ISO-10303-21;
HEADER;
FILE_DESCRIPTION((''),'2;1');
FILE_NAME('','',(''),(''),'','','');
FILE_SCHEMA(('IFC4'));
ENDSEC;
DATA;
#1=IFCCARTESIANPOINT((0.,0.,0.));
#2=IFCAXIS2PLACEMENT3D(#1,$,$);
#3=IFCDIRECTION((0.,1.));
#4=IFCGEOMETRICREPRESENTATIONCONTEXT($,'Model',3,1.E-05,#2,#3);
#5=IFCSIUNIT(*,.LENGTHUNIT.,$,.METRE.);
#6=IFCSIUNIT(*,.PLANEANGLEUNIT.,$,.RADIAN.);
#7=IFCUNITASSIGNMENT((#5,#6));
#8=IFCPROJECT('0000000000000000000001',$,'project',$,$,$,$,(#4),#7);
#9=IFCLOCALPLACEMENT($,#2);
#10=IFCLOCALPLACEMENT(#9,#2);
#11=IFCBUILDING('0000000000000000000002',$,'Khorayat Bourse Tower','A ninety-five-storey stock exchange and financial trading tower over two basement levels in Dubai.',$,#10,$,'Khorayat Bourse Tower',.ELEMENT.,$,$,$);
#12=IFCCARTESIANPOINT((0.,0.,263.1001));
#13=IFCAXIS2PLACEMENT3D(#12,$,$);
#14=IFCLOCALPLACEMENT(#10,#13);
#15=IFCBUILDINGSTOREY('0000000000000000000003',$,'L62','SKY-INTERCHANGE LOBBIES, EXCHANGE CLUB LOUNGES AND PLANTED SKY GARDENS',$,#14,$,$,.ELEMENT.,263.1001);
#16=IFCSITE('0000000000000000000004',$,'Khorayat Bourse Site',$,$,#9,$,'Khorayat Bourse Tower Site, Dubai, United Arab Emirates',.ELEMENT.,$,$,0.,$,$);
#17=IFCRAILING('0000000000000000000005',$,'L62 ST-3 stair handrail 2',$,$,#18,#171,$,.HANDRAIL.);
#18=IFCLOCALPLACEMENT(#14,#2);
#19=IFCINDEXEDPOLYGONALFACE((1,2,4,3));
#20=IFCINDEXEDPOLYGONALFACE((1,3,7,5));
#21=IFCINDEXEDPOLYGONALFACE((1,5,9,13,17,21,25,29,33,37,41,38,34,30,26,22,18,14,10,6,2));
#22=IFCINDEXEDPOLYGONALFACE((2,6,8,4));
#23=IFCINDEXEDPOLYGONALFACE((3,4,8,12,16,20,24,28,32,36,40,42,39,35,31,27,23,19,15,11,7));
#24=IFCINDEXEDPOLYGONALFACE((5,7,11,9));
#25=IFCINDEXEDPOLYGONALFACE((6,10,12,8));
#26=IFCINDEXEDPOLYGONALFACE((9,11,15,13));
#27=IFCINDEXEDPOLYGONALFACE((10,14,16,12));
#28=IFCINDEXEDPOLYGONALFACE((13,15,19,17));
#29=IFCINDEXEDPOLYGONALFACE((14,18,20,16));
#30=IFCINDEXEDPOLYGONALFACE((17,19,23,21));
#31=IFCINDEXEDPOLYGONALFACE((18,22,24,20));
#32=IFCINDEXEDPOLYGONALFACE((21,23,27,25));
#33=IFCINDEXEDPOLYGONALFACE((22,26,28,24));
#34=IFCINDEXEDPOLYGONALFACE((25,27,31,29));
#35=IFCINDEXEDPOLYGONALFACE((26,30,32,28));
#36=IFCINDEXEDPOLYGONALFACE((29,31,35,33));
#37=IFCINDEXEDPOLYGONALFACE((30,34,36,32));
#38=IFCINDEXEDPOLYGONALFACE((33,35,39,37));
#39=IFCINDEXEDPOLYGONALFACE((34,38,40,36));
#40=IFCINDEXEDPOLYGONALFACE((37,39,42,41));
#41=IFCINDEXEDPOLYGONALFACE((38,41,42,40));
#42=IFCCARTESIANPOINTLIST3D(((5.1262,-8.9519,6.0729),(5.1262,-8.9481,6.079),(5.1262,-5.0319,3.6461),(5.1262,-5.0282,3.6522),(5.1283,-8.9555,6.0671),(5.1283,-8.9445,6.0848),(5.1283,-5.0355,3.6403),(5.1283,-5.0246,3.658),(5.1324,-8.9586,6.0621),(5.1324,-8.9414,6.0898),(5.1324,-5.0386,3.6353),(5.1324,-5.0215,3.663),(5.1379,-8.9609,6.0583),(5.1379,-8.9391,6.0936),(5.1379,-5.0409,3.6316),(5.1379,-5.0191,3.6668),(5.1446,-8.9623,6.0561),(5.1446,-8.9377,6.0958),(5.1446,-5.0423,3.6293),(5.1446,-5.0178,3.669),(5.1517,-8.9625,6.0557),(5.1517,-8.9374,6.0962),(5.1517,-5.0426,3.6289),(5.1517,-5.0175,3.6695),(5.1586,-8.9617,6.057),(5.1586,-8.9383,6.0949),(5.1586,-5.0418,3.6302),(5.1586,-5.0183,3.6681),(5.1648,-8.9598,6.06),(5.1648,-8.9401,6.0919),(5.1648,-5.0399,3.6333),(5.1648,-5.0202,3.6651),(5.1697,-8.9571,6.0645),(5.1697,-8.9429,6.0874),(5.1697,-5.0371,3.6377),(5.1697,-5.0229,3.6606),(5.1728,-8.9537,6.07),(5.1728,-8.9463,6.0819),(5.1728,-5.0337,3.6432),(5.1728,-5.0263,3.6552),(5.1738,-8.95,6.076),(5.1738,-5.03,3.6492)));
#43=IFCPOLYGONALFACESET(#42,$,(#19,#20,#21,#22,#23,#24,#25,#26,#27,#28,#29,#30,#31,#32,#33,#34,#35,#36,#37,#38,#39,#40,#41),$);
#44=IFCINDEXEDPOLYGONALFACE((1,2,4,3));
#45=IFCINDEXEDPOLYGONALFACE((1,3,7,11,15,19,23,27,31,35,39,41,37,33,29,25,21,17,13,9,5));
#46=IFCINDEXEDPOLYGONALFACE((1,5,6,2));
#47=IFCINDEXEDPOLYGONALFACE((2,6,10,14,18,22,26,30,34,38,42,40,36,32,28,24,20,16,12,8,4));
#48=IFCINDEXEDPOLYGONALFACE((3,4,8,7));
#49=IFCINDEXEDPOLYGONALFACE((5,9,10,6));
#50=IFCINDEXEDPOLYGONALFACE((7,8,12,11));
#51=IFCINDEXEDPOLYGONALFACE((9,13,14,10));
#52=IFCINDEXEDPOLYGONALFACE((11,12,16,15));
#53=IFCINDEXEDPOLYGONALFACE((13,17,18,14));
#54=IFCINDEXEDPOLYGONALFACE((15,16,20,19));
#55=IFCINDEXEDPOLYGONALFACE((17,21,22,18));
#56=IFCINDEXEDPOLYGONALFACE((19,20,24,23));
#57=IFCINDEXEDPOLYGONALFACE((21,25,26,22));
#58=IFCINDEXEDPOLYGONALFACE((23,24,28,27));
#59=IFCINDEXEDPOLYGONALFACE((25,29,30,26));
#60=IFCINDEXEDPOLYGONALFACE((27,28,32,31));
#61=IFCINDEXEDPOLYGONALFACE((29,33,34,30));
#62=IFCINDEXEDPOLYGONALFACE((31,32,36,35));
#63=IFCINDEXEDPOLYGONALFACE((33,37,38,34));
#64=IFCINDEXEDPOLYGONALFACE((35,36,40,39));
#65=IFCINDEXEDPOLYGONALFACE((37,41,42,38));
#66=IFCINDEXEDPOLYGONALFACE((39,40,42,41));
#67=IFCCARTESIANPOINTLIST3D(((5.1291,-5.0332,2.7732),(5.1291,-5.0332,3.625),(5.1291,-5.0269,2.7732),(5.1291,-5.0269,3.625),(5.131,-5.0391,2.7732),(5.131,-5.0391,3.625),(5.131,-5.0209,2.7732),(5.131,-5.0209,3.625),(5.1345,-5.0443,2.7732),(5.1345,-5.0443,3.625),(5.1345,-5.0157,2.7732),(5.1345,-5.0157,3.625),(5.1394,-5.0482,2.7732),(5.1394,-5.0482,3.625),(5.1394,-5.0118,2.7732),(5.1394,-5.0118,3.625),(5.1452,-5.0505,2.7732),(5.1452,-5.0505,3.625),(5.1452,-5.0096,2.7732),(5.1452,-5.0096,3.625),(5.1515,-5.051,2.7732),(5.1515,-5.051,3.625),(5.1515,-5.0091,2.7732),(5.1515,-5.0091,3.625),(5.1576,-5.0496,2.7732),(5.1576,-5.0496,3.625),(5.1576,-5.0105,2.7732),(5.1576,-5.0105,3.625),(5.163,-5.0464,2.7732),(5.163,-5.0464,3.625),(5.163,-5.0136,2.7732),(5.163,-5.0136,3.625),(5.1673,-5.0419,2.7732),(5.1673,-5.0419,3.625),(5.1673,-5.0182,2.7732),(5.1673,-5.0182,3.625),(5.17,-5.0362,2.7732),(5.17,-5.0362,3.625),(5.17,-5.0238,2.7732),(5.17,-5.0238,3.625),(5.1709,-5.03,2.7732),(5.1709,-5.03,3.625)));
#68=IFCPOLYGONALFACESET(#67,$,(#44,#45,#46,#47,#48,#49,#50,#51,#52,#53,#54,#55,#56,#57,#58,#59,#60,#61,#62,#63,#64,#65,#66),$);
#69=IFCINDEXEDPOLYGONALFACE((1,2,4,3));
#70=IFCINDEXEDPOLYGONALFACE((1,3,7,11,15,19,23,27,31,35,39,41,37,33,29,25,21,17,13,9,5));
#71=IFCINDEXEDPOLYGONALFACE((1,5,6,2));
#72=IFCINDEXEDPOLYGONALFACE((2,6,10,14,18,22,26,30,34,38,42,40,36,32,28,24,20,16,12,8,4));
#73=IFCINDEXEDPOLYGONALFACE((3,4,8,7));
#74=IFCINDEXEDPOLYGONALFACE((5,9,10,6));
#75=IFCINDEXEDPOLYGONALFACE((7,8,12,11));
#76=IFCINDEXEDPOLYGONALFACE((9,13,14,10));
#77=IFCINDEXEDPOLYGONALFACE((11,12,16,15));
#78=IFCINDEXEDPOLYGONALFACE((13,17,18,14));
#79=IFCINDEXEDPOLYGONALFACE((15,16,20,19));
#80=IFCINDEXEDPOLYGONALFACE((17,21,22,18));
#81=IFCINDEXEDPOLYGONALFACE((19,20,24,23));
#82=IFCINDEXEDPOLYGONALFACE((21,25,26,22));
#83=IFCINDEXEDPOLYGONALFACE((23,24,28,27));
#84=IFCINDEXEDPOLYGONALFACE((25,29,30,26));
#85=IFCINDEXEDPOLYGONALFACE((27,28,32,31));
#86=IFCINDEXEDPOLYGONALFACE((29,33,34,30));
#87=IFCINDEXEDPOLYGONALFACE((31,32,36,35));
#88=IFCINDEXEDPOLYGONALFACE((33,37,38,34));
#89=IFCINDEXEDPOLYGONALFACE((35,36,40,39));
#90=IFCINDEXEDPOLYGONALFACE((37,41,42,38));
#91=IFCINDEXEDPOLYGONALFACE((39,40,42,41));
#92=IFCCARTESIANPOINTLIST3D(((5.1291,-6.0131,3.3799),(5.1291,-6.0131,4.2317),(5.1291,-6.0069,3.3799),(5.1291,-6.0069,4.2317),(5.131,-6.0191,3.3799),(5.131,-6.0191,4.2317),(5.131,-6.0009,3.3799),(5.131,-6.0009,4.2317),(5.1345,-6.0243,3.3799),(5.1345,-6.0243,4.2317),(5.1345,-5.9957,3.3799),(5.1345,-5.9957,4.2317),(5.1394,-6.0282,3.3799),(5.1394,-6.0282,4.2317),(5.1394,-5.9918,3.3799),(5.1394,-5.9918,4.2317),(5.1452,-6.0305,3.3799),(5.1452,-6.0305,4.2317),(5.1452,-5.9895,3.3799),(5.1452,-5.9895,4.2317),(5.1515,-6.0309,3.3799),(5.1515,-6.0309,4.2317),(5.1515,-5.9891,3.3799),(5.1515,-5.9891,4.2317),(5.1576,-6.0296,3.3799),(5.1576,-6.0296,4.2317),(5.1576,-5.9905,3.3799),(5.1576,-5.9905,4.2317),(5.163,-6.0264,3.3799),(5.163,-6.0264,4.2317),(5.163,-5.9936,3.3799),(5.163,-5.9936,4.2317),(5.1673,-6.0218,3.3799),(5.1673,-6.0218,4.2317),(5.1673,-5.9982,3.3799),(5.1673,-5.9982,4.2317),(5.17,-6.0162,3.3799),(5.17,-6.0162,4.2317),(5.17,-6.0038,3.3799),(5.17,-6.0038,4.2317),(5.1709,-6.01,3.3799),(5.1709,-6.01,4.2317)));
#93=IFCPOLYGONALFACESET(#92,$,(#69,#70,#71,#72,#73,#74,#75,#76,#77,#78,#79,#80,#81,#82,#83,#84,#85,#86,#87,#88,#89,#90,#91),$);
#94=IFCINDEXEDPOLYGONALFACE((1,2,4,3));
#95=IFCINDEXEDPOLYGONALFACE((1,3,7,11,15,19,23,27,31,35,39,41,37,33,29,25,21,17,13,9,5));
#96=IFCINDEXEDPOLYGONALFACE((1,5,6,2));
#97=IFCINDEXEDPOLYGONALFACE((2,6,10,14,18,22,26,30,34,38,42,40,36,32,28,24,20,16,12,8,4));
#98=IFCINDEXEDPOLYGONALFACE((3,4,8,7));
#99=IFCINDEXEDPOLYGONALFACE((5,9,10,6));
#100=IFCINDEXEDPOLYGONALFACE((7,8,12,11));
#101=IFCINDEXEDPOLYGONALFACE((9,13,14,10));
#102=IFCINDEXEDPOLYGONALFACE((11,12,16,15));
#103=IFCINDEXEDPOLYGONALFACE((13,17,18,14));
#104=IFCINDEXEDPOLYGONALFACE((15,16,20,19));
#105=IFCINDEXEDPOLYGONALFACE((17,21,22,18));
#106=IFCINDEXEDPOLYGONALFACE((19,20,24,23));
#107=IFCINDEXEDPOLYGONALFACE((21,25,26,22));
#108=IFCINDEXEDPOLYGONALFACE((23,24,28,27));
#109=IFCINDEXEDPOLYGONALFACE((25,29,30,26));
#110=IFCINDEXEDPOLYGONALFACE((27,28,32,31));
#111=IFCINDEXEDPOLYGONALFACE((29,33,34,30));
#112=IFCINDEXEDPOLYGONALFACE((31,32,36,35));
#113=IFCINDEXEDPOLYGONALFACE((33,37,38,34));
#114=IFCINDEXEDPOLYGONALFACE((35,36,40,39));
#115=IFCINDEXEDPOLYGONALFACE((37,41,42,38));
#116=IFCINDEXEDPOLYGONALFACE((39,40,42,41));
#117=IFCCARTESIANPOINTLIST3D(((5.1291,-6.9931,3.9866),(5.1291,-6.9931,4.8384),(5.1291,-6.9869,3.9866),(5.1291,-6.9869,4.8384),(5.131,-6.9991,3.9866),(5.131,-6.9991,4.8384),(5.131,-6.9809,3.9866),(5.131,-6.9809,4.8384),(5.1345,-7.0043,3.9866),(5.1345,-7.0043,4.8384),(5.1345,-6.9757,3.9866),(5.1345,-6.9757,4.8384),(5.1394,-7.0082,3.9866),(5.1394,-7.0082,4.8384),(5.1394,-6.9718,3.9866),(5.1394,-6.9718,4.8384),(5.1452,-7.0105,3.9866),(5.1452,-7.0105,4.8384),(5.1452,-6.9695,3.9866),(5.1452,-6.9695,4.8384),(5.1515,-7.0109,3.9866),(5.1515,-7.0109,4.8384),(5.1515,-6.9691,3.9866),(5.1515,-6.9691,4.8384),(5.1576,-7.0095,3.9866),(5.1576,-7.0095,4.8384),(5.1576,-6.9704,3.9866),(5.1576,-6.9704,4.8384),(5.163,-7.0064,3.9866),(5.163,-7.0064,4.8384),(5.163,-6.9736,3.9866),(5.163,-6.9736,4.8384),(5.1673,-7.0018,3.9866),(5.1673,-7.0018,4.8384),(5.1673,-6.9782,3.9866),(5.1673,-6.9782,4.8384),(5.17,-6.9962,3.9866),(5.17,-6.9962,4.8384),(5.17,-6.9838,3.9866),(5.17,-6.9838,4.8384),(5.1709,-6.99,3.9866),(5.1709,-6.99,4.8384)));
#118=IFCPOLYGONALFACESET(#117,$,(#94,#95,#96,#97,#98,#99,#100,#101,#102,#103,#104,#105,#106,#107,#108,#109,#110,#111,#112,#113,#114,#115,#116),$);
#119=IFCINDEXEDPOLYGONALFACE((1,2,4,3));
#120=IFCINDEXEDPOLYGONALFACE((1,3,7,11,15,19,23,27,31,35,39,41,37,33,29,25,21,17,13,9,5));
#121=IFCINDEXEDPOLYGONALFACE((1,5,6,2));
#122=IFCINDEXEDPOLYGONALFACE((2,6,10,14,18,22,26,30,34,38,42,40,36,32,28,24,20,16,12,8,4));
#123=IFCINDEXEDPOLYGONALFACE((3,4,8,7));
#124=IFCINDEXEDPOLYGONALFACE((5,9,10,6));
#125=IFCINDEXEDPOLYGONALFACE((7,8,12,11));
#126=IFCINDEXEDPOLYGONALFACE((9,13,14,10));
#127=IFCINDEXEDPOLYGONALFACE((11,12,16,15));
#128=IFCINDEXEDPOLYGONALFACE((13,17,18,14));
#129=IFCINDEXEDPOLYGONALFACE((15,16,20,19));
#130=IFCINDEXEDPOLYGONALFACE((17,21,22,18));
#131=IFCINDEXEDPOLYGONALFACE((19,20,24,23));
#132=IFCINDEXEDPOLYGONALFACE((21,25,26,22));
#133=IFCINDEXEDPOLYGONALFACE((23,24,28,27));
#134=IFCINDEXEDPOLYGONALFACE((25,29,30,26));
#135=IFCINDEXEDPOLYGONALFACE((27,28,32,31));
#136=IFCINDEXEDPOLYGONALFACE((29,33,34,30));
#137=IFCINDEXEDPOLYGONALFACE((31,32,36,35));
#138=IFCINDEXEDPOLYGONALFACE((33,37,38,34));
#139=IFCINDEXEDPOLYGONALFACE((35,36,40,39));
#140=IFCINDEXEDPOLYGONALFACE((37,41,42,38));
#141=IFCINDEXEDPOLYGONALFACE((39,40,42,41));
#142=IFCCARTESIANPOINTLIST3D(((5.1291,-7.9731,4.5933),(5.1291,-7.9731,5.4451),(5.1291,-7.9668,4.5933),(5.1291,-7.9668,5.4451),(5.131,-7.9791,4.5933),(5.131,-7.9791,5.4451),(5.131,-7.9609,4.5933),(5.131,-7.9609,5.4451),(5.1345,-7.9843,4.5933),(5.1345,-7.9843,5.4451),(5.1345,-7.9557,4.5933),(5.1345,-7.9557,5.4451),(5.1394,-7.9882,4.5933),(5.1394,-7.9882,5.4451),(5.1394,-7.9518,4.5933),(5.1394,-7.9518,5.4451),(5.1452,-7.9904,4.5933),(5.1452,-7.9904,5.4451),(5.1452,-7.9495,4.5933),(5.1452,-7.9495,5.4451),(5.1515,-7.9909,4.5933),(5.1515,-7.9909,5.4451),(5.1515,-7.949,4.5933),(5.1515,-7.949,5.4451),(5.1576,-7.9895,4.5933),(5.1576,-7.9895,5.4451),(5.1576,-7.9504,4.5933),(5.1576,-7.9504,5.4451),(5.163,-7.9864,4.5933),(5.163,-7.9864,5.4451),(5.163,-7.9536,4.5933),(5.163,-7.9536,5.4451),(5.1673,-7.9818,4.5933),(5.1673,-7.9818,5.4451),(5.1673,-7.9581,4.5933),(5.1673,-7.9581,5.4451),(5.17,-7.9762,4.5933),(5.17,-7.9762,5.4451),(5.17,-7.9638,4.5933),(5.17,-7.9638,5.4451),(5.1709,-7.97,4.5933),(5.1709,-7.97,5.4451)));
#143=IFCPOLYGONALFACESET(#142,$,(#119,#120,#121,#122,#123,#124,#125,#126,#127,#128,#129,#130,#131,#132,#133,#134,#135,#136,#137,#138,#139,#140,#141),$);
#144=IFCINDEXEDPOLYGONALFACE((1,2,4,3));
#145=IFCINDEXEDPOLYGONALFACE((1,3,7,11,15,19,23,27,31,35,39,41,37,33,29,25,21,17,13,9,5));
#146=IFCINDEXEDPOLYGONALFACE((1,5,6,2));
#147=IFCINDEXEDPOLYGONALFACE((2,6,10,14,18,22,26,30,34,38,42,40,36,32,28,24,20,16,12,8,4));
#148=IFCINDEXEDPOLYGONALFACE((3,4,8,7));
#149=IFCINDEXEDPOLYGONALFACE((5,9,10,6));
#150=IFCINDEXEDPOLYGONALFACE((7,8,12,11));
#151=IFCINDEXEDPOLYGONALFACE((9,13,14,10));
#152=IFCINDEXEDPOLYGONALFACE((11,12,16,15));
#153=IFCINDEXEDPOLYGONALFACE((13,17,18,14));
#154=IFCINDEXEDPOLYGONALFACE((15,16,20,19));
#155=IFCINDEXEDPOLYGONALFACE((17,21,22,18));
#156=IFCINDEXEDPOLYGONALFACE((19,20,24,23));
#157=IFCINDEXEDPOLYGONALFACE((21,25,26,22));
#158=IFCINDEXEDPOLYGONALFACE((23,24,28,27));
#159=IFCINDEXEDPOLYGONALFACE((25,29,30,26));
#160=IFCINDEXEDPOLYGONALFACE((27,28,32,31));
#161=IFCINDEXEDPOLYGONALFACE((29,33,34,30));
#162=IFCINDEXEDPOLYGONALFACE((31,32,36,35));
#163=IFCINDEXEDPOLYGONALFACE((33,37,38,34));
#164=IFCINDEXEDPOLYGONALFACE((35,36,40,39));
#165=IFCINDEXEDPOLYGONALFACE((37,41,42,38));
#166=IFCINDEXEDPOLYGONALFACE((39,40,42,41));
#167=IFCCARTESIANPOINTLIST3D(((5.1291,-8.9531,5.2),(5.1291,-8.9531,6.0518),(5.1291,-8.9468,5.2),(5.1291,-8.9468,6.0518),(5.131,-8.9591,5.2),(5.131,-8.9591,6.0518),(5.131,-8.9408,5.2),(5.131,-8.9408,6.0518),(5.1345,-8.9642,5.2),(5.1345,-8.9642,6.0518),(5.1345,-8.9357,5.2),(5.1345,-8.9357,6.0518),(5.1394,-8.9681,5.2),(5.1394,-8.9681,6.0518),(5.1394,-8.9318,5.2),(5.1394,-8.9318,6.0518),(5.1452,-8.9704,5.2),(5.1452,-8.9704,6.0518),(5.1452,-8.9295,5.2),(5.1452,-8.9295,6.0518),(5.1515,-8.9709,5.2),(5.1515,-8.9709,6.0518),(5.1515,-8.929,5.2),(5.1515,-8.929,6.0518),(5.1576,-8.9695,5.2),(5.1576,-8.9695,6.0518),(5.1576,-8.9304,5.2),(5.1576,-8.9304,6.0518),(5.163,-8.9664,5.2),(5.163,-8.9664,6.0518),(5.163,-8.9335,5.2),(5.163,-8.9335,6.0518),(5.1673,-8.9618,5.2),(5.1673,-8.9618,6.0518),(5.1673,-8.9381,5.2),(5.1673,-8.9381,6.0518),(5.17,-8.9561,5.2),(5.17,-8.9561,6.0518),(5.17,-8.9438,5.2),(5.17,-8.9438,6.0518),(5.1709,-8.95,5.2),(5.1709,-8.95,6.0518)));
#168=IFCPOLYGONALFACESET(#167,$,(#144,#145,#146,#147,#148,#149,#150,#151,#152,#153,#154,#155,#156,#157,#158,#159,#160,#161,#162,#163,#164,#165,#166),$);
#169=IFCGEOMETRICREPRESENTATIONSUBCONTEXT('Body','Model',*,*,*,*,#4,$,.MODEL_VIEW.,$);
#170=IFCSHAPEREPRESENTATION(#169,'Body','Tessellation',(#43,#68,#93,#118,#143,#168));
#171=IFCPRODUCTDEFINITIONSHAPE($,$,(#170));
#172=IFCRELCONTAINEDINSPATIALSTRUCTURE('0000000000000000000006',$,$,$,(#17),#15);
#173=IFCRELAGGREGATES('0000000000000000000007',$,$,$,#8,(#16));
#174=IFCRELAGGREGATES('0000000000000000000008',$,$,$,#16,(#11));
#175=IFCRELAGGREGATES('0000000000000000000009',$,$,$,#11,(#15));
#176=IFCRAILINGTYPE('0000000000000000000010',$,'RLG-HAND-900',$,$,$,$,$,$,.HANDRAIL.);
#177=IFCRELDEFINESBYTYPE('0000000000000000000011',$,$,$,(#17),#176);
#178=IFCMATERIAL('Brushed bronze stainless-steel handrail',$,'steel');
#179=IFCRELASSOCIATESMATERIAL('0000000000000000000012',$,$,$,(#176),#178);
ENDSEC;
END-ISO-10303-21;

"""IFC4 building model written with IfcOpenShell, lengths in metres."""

from ifc_helpers import new_model, si_unit, direction, frame, origin, origin_2d, place, context, subcontext, project, spatial, circle, extrude, source, transform, mapped, material, type_object, element, save


model = new_model("IFC4")

# Units and contexts
model_context = context("Model", 3, precision=1e-05, world=origin(), true_north=direction((0.0, 1.0)))
body_context = subcontext(model_context, "Body", "Model", "MODEL_VIEW")
ifc_project = project(units=[si_unit("LENGTHUNIT", "METRE"), si_unit("PLANEANGLEUNIT", "RADIAN")], contexts=[model_context])

# Site, building, storey
site_placement = place(None, origin())
site = spatial("IfcSite", under=ifc_project, at=site_placement, Name="Khorayat Bourse Site", LongName="Khorayat Bourse Tower Site, Dubai, United Arab Emirates", CompositionType="ELEMENT", RefElevation=0.0)
building_placement = place(site_placement, origin())
building = spatial("IfcBuilding", under=site, at=building_placement, Name="Khorayat Bourse Tower", Description="A ninety-five-storey stock exchange and financial trading tower over two basement levels in Dubai.", LongName="Khorayat Bourse Tower", CompositionType="ELEMENT")
storey_placement = place(building_placement, frame((0.0, 0.0, 263.1001)))
storey = spatial("IfcBuildingStorey", under=building, at=storey_placement, Name="L62", Description="SKY-INTERCHANGE LOBBIES, EXCHANGE CLUB LOUNGES AND PLANTED SKY GARDENS", CompositionType="ELEMENT", Elevation=263.1001)

# Railing
ifc_material_1 = material(Name="Brushed bronze stainless-steel handrail", Category="steel")
railing_type_1 = type_object("IfcRailingType", Name="RLG-HAND-900", PredefinedType="HANDRAIL", material=ifc_material_1)
shared_shape_1 = source(origin(), body_context, "Body", "SweptSolid", [
    extrude(circle(Radius=0.0239, at=origin_2d()), frame((0.0, 0.0, 0.876), z_axis=(0.0, -0.850252, 0.526376), x_axis=(1.0, 0.0, 0.0)), (0.0, 0.0, 1.0), 4.6104),
    extrude(circle(Radius=0.021, at=origin_2d()), origin(), (0.0, 0.0, 1.0), 0.8518),
    extrude(circle(Radius=0.021, at=origin_2d()), frame((0.0, -0.98, 0.6067)), (0.0, 0.0, 1.0), 0.8518),
    extrude(circle(Radius=0.021, at=origin_2d()), frame((0.0, -1.96, 1.2134)), (0.0, 0.0, 1.0), 0.8518),
    extrude(circle(Radius=0.021, at=origin_2d()), frame((0.0, -2.9399, 1.8201)), (0.0, 0.0, 1.0), 0.8518),
    extrude(circle(Radius=0.021, at=origin_2d()), frame((0.0, -3.9199, 2.4268)), (0.0, 0.0, 1.0), 0.8518),
])
railing_1_placement = place(storey_placement, frame((5.1499, -5.03, 2.7732)))
element("IfcRailing", 1, at=railing_1_placement, inside=storey, type_object=railing_type_1, Name="L62 ST-3 stair handrail 2", PredefinedType="HANDRAIL", context=body_context, shape_type="MappedRepresentation", body=[
    mapped(shared_shape_1, transform((0.0, 0.0, 0.0), scale=1.0)),
])

save(model, "model.ifc")
